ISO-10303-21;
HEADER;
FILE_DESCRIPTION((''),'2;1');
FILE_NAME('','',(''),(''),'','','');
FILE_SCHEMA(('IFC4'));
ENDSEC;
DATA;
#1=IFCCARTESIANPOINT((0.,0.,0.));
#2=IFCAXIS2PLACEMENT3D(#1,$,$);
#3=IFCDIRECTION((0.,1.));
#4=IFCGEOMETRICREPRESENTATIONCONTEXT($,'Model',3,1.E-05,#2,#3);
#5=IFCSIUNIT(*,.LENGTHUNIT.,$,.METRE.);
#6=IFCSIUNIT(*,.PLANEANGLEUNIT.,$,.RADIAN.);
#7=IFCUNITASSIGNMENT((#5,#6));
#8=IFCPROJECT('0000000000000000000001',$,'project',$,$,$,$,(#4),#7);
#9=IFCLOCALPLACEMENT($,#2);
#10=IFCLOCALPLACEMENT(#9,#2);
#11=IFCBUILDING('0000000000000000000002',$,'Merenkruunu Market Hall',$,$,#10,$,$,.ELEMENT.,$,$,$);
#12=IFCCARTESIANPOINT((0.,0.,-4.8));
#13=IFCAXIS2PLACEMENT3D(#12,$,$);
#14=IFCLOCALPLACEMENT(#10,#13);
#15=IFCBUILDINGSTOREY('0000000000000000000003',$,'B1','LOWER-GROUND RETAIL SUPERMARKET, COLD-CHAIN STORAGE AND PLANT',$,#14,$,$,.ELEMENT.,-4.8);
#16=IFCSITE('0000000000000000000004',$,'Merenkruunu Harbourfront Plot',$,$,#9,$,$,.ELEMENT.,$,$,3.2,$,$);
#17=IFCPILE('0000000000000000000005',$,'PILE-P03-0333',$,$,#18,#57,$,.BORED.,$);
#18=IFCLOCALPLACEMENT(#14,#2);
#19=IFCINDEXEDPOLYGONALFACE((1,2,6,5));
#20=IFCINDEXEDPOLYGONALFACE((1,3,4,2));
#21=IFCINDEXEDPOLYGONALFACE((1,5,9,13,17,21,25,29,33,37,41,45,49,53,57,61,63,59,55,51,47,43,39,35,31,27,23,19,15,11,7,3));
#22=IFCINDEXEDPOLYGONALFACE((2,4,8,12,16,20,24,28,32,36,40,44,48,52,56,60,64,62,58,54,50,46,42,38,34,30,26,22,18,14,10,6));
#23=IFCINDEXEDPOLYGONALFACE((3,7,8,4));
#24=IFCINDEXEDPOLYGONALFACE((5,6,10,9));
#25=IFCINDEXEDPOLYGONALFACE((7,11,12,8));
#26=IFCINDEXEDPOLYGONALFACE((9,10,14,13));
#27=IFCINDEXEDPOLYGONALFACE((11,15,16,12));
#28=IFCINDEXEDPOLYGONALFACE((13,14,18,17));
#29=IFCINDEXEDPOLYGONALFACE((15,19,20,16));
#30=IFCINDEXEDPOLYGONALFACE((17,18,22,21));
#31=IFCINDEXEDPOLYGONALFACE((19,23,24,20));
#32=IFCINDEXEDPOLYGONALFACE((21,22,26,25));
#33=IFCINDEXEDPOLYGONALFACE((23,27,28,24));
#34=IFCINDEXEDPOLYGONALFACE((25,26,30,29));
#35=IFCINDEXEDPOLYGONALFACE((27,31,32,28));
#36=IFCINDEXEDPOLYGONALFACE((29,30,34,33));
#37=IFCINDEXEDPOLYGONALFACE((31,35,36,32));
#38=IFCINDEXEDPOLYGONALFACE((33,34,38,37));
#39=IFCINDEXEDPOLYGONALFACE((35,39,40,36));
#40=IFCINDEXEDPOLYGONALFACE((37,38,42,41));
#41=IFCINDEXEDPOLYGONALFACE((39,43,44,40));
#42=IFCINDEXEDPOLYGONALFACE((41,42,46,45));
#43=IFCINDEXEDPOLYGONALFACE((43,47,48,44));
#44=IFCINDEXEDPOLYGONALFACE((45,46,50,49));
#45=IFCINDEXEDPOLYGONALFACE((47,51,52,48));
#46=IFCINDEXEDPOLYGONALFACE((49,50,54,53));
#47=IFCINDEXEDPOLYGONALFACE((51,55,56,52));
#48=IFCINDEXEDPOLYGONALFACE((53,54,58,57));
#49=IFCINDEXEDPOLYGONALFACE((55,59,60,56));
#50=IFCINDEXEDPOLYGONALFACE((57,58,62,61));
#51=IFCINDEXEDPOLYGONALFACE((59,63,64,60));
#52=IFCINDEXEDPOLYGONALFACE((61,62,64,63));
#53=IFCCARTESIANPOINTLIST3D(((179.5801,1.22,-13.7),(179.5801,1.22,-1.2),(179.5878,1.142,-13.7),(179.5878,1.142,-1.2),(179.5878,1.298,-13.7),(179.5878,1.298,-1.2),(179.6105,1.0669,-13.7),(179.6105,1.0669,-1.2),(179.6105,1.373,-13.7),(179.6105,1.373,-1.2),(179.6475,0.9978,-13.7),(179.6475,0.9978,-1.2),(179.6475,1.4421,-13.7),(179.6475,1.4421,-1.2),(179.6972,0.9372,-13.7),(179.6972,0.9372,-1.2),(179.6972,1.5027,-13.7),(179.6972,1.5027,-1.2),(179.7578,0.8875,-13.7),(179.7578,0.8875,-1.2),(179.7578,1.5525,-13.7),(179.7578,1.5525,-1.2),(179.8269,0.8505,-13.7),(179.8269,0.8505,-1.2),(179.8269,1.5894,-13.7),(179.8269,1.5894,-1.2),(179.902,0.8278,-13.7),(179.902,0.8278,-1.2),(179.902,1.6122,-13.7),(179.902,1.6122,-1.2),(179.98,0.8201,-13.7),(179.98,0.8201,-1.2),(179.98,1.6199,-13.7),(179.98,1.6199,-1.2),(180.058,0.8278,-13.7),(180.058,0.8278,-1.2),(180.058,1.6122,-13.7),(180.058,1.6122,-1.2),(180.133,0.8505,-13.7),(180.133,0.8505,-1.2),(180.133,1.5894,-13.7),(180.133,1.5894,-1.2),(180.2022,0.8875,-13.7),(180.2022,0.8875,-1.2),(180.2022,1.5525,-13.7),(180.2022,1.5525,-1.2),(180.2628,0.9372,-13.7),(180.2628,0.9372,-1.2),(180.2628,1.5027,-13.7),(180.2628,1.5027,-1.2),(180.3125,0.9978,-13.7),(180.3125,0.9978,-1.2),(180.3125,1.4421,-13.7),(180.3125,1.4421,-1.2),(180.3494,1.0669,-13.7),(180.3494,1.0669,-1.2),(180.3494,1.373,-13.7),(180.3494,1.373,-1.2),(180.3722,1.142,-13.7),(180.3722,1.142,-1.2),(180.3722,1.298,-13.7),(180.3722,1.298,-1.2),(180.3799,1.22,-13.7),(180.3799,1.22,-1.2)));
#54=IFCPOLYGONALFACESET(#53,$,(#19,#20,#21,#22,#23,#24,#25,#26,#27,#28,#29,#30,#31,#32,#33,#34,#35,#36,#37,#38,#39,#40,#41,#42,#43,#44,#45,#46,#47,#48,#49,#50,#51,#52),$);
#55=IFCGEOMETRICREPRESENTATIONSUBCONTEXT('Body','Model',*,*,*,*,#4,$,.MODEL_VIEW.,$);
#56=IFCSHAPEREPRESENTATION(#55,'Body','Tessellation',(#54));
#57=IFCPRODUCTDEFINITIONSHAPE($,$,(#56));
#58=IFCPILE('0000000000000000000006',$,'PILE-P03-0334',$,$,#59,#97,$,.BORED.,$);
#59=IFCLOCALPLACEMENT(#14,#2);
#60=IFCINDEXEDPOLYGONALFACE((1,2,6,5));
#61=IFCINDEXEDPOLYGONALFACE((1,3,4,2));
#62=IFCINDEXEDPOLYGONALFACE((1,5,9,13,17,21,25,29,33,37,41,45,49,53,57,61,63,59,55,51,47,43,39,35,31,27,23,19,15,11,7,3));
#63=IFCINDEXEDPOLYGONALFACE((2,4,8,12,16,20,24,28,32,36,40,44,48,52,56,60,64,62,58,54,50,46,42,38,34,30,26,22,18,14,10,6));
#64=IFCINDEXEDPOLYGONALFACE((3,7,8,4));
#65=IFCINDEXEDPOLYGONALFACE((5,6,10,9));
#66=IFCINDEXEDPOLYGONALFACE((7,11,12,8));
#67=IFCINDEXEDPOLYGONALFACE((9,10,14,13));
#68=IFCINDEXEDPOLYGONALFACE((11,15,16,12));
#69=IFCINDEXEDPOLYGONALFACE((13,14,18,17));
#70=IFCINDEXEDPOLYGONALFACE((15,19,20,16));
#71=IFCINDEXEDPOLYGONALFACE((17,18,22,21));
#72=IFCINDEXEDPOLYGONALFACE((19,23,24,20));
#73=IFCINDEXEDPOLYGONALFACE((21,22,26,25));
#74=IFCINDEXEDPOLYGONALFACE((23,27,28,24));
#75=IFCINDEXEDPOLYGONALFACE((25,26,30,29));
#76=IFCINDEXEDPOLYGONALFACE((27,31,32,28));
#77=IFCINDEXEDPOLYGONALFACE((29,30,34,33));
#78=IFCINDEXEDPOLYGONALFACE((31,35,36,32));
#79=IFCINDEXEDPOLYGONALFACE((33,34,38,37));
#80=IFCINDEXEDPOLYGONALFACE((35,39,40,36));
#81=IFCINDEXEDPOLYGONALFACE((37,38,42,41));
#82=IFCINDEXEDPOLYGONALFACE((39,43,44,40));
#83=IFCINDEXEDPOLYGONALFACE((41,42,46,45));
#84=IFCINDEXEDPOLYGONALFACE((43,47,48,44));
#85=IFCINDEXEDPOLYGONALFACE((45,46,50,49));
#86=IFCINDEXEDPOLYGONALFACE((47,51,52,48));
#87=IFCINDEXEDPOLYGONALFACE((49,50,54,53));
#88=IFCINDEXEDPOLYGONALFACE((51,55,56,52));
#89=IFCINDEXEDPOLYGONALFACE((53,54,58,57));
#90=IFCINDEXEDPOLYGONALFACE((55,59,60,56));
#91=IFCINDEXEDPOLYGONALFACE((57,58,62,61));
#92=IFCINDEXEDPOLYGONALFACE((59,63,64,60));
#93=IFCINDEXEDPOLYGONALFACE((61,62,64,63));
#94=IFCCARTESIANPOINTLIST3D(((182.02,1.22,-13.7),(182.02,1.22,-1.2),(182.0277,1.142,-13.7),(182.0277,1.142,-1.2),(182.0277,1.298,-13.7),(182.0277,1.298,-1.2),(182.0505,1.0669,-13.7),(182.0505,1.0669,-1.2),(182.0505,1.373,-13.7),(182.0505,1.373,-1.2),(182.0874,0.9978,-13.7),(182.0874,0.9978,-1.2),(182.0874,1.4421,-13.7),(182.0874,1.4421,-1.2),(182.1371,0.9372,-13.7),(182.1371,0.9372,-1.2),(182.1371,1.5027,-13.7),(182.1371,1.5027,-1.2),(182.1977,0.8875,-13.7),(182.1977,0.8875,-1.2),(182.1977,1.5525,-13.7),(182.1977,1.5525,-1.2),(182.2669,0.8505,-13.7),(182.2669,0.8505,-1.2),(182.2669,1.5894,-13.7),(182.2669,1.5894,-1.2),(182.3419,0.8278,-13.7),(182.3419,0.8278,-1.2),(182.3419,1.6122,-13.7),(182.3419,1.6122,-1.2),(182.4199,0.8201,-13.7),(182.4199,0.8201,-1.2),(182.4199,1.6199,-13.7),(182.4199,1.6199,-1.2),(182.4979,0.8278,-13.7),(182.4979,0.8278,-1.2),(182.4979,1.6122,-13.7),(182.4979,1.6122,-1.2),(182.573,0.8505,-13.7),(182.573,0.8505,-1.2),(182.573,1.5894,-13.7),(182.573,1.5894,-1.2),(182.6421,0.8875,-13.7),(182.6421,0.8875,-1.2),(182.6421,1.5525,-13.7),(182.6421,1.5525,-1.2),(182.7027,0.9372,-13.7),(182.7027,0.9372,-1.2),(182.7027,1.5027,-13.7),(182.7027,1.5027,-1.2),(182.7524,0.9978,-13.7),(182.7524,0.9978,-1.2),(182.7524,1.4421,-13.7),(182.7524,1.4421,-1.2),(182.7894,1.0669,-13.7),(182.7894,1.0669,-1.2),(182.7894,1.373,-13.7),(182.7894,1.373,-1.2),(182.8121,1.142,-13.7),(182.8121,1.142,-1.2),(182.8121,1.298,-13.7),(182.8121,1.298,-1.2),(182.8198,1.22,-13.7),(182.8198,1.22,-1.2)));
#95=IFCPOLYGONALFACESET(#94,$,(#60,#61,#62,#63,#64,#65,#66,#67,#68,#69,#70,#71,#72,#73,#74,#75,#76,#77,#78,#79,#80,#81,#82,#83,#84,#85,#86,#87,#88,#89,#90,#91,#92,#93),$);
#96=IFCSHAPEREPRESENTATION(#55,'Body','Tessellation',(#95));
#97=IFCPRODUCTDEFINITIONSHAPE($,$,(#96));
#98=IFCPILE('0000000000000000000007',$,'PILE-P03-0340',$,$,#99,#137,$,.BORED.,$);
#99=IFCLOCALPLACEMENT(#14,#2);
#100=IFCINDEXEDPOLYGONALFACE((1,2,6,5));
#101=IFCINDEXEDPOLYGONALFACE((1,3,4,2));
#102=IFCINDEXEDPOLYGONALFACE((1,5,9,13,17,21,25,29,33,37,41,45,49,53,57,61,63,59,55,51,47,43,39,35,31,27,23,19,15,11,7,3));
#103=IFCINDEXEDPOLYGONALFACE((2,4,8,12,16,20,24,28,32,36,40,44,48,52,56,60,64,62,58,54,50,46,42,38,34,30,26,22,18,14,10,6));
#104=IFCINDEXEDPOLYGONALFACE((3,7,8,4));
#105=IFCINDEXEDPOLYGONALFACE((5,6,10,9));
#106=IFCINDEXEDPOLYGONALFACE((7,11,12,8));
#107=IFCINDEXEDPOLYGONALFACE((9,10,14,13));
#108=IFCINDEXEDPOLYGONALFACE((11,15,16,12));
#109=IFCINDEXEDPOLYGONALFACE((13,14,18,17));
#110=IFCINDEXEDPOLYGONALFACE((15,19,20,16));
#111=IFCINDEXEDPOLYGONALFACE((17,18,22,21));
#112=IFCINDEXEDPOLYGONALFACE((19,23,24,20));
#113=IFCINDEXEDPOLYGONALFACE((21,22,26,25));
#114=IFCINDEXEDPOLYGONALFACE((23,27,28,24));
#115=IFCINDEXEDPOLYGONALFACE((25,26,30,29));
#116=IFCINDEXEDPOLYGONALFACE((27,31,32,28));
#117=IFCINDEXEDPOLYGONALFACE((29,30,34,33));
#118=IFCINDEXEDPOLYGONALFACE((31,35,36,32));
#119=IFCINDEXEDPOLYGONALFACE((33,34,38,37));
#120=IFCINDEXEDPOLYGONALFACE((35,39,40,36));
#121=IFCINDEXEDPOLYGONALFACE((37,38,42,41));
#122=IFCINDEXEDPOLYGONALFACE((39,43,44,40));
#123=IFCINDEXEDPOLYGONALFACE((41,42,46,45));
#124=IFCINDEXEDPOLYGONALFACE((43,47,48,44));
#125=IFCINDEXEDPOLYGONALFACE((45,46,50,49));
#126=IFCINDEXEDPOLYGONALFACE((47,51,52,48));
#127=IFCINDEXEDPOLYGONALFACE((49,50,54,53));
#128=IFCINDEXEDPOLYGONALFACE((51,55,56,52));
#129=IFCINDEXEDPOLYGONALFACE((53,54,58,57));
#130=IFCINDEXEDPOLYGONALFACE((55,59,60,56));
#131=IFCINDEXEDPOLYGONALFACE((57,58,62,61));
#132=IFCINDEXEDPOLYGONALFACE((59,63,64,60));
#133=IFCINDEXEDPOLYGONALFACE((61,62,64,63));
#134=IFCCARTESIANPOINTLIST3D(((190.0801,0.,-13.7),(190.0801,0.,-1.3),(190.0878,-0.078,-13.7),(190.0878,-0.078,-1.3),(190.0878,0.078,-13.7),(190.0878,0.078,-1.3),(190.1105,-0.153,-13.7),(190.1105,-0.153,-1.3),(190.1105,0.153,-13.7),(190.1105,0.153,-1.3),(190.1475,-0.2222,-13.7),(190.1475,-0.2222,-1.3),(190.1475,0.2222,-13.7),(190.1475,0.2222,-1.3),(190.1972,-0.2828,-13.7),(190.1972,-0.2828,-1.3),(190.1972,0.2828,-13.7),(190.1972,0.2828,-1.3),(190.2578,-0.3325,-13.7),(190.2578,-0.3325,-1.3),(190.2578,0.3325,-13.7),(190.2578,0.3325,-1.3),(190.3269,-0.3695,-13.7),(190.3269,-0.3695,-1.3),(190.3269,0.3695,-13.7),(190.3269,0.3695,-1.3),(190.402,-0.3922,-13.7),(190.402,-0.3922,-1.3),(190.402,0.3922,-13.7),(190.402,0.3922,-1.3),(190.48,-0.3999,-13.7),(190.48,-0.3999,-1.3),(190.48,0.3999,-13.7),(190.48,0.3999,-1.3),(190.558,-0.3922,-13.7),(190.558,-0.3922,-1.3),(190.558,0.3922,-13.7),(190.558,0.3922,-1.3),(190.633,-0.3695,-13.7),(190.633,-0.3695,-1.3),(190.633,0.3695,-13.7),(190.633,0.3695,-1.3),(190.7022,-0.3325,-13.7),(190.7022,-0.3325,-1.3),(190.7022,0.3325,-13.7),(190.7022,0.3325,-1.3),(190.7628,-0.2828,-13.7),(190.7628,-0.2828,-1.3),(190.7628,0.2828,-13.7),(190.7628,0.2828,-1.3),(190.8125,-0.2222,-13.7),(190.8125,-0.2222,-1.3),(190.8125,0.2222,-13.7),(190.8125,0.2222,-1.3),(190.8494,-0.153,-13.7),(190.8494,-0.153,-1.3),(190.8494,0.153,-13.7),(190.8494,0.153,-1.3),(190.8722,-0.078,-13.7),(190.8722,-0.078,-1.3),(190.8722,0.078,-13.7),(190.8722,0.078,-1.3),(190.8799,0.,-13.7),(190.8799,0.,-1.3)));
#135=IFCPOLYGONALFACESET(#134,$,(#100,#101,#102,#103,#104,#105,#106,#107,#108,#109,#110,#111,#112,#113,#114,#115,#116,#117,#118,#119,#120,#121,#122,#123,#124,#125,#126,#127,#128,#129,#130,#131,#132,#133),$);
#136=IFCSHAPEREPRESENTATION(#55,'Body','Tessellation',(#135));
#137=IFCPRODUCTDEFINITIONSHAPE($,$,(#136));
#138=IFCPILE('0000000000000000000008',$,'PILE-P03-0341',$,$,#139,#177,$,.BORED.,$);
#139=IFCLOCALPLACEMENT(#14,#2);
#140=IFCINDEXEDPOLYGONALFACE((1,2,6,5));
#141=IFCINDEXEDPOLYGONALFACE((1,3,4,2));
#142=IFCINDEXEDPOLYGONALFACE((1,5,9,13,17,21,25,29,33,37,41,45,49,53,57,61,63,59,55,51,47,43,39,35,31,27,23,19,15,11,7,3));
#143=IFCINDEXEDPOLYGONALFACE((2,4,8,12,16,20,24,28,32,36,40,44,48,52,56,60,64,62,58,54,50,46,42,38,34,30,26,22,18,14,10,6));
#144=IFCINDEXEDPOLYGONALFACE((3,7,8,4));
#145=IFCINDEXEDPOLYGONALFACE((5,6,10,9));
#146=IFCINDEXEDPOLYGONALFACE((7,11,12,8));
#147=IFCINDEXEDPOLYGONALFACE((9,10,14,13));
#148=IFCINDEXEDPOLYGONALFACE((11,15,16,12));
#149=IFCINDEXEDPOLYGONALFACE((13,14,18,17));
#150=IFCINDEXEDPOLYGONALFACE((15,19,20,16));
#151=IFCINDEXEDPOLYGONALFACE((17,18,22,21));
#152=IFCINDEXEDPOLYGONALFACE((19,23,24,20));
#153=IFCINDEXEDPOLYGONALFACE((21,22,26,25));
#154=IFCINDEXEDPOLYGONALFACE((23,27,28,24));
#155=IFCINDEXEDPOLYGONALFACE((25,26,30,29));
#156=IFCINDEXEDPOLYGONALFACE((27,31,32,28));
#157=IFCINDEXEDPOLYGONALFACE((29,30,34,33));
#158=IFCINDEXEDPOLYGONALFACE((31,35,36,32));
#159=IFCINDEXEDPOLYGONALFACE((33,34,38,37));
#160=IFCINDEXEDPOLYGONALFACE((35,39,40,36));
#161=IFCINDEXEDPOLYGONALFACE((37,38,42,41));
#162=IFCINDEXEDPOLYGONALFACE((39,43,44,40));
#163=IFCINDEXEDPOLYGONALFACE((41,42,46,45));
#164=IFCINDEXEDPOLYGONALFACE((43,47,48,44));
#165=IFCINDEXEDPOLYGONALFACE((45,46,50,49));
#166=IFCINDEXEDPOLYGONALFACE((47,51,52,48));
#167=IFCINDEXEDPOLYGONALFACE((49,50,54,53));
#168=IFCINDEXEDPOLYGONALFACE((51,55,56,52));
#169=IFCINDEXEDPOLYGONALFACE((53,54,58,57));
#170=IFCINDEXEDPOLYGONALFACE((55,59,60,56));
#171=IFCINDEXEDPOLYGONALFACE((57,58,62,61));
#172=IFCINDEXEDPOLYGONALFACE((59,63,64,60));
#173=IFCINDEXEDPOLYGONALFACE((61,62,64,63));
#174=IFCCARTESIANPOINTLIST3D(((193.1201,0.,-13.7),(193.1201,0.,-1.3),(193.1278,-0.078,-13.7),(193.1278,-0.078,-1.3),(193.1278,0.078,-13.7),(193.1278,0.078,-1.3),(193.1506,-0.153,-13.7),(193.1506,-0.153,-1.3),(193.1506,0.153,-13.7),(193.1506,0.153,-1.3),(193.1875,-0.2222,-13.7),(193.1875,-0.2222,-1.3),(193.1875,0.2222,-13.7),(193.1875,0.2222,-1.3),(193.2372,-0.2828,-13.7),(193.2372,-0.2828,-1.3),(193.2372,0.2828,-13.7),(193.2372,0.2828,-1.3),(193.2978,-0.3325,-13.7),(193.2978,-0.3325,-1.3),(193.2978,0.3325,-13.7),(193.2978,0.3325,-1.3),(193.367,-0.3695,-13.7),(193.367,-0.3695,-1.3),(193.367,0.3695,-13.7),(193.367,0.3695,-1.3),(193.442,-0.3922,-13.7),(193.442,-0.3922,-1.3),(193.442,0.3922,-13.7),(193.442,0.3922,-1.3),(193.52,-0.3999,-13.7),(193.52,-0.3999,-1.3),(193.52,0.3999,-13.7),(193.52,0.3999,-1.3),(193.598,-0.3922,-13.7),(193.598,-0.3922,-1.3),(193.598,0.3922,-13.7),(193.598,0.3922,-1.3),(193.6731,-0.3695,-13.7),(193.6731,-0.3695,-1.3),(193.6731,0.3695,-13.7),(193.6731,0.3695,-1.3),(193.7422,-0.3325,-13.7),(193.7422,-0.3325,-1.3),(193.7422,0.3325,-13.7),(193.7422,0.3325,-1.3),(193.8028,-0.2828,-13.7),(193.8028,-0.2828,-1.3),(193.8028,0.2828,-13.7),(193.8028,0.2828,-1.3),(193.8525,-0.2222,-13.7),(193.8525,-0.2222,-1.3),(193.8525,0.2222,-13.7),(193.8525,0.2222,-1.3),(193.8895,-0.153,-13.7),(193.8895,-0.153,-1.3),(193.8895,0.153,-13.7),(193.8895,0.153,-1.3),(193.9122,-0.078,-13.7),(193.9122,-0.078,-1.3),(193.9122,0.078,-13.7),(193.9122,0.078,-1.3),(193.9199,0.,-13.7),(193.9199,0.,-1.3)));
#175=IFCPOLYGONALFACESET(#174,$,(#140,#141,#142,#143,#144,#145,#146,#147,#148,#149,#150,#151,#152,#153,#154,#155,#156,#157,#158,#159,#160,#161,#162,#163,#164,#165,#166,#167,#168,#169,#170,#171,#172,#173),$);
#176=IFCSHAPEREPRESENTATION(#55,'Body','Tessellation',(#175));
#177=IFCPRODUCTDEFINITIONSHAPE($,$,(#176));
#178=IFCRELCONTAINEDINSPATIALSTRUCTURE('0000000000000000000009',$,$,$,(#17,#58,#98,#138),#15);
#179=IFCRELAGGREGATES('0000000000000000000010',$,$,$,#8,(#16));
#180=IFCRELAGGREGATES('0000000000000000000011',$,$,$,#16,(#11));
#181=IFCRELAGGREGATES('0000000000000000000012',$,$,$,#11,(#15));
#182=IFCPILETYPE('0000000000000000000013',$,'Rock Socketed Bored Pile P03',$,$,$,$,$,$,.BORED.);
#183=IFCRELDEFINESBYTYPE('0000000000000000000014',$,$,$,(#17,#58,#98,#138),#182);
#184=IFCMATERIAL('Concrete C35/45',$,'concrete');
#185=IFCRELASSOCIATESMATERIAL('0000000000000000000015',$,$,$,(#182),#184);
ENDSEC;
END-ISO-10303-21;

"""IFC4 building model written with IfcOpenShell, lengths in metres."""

from ifc_helpers import new_model, si_unit, direction, frame, origin, origin_2d, place, context, subcontext, project, spatial, circle, extrude, material, material_profile, profile_set, type_object, element, save


model = new_model("IFC4")

# Units and contexts
model_context = context("Model", 3, precision=1e-05, world=origin(), true_north=direction((0.0, 1.0)))
body_context = subcontext(model_context, "Body", "Model", "MODEL_VIEW")
ifc_project = project(units=[si_unit("LENGTHUNIT", "METRE"), si_unit("PLANEANGLEUNIT", "RADIAN")], contexts=[model_context])

# Site, building, storey
site_placement = place(None, origin())
site = spatial("IfcSite", under=ifc_project, at=site_placement, Name="Merenkruunu Harbourfront Plot", CompositionType="ELEMENT", RefElevation=3.2)
building_placement = place(site_placement, origin())
building = spatial("IfcBuilding", under=site, at=building_placement, Name="Merenkruunu Market Hall", CompositionType="ELEMENT")
storey_placement = place(building_placement, frame((0.0, 0.0, -4.8)))
storey = spatial("IfcBuildingStorey", under=building, at=storey_placement, Name="B1", Description="LOWER-GROUND RETAIL SUPERMARKET, COLD-CHAIN STORAGE AND PLANT", CompositionType="ELEMENT", Elevation=-4.8)

# Shared definitions
ifc_material = material(Name="Concrete C35/45", Category="concrete")

# Piles
ifc_material_profile_1 = material_profile(ifc_material, circle(Radius=0.3999, at=origin_2d()), Name="BORED PILE 800")
ifc_profile_set_1 = profile_set([ifc_material_profile_1], Name="Concrete C35/45")
pile_type_1 = type_object("IfcPileType", Name="Rock Socketed Bored Pile P03", PredefinedType="BORED", material=ifc_profile_set_1)
for number, where, z_axis, x_axis, name in (
    (1, (179.98, 1.22, -1.2), (0.0, 0.0, -1.0), (1.0, 0.0, 0.0), "PILE-P03-0333"),
    (2, (182.4199, 1.22, -1.2), (0.0, 0.0, -1.0), (1.0, 0.0, 0.0), "PILE-P03-0334"),
):
    element("IfcPile", number, at=place(storey_placement, frame(where, z_axis=z_axis, x_axis=x_axis)), inside=storey, type_object=pile_type_1, Name=name, PredefinedType="BORED", context=body_context, shape_type="SweptSolid", body=[
        extrude(circle(Radius=0.3999, at=origin_2d()), origin(), (0.0, 0.0, 1.0), 12.5),
    ])
for number, where, z_axis, x_axis, name in (
    (3, (190.48, 0.0, -1.3), (0.0, 0.0, -1.0), (1.0, 0.0, 0.0), "PILE-P03-0340"),
    (4, (193.52, 0.0, -1.3), (0.0, 0.0, -1.0), (1.0, 0.0, 0.0), "PILE-P03-0341"),
):
    element("IfcPile", number, at=place(storey_placement, frame(where, z_axis=z_axis, x_axis=x_axis)), inside=storey, type_object=pile_type_1, Name=name, PredefinedType="BORED", context=body_context, shape_type="SweptSolid", body=[
        extrude(circle(Radius=0.3999, at=origin_2d()), origin(), (0.0, 0.0, 1.0), 12.3999),
    ])

save(model, "model.ifc")
